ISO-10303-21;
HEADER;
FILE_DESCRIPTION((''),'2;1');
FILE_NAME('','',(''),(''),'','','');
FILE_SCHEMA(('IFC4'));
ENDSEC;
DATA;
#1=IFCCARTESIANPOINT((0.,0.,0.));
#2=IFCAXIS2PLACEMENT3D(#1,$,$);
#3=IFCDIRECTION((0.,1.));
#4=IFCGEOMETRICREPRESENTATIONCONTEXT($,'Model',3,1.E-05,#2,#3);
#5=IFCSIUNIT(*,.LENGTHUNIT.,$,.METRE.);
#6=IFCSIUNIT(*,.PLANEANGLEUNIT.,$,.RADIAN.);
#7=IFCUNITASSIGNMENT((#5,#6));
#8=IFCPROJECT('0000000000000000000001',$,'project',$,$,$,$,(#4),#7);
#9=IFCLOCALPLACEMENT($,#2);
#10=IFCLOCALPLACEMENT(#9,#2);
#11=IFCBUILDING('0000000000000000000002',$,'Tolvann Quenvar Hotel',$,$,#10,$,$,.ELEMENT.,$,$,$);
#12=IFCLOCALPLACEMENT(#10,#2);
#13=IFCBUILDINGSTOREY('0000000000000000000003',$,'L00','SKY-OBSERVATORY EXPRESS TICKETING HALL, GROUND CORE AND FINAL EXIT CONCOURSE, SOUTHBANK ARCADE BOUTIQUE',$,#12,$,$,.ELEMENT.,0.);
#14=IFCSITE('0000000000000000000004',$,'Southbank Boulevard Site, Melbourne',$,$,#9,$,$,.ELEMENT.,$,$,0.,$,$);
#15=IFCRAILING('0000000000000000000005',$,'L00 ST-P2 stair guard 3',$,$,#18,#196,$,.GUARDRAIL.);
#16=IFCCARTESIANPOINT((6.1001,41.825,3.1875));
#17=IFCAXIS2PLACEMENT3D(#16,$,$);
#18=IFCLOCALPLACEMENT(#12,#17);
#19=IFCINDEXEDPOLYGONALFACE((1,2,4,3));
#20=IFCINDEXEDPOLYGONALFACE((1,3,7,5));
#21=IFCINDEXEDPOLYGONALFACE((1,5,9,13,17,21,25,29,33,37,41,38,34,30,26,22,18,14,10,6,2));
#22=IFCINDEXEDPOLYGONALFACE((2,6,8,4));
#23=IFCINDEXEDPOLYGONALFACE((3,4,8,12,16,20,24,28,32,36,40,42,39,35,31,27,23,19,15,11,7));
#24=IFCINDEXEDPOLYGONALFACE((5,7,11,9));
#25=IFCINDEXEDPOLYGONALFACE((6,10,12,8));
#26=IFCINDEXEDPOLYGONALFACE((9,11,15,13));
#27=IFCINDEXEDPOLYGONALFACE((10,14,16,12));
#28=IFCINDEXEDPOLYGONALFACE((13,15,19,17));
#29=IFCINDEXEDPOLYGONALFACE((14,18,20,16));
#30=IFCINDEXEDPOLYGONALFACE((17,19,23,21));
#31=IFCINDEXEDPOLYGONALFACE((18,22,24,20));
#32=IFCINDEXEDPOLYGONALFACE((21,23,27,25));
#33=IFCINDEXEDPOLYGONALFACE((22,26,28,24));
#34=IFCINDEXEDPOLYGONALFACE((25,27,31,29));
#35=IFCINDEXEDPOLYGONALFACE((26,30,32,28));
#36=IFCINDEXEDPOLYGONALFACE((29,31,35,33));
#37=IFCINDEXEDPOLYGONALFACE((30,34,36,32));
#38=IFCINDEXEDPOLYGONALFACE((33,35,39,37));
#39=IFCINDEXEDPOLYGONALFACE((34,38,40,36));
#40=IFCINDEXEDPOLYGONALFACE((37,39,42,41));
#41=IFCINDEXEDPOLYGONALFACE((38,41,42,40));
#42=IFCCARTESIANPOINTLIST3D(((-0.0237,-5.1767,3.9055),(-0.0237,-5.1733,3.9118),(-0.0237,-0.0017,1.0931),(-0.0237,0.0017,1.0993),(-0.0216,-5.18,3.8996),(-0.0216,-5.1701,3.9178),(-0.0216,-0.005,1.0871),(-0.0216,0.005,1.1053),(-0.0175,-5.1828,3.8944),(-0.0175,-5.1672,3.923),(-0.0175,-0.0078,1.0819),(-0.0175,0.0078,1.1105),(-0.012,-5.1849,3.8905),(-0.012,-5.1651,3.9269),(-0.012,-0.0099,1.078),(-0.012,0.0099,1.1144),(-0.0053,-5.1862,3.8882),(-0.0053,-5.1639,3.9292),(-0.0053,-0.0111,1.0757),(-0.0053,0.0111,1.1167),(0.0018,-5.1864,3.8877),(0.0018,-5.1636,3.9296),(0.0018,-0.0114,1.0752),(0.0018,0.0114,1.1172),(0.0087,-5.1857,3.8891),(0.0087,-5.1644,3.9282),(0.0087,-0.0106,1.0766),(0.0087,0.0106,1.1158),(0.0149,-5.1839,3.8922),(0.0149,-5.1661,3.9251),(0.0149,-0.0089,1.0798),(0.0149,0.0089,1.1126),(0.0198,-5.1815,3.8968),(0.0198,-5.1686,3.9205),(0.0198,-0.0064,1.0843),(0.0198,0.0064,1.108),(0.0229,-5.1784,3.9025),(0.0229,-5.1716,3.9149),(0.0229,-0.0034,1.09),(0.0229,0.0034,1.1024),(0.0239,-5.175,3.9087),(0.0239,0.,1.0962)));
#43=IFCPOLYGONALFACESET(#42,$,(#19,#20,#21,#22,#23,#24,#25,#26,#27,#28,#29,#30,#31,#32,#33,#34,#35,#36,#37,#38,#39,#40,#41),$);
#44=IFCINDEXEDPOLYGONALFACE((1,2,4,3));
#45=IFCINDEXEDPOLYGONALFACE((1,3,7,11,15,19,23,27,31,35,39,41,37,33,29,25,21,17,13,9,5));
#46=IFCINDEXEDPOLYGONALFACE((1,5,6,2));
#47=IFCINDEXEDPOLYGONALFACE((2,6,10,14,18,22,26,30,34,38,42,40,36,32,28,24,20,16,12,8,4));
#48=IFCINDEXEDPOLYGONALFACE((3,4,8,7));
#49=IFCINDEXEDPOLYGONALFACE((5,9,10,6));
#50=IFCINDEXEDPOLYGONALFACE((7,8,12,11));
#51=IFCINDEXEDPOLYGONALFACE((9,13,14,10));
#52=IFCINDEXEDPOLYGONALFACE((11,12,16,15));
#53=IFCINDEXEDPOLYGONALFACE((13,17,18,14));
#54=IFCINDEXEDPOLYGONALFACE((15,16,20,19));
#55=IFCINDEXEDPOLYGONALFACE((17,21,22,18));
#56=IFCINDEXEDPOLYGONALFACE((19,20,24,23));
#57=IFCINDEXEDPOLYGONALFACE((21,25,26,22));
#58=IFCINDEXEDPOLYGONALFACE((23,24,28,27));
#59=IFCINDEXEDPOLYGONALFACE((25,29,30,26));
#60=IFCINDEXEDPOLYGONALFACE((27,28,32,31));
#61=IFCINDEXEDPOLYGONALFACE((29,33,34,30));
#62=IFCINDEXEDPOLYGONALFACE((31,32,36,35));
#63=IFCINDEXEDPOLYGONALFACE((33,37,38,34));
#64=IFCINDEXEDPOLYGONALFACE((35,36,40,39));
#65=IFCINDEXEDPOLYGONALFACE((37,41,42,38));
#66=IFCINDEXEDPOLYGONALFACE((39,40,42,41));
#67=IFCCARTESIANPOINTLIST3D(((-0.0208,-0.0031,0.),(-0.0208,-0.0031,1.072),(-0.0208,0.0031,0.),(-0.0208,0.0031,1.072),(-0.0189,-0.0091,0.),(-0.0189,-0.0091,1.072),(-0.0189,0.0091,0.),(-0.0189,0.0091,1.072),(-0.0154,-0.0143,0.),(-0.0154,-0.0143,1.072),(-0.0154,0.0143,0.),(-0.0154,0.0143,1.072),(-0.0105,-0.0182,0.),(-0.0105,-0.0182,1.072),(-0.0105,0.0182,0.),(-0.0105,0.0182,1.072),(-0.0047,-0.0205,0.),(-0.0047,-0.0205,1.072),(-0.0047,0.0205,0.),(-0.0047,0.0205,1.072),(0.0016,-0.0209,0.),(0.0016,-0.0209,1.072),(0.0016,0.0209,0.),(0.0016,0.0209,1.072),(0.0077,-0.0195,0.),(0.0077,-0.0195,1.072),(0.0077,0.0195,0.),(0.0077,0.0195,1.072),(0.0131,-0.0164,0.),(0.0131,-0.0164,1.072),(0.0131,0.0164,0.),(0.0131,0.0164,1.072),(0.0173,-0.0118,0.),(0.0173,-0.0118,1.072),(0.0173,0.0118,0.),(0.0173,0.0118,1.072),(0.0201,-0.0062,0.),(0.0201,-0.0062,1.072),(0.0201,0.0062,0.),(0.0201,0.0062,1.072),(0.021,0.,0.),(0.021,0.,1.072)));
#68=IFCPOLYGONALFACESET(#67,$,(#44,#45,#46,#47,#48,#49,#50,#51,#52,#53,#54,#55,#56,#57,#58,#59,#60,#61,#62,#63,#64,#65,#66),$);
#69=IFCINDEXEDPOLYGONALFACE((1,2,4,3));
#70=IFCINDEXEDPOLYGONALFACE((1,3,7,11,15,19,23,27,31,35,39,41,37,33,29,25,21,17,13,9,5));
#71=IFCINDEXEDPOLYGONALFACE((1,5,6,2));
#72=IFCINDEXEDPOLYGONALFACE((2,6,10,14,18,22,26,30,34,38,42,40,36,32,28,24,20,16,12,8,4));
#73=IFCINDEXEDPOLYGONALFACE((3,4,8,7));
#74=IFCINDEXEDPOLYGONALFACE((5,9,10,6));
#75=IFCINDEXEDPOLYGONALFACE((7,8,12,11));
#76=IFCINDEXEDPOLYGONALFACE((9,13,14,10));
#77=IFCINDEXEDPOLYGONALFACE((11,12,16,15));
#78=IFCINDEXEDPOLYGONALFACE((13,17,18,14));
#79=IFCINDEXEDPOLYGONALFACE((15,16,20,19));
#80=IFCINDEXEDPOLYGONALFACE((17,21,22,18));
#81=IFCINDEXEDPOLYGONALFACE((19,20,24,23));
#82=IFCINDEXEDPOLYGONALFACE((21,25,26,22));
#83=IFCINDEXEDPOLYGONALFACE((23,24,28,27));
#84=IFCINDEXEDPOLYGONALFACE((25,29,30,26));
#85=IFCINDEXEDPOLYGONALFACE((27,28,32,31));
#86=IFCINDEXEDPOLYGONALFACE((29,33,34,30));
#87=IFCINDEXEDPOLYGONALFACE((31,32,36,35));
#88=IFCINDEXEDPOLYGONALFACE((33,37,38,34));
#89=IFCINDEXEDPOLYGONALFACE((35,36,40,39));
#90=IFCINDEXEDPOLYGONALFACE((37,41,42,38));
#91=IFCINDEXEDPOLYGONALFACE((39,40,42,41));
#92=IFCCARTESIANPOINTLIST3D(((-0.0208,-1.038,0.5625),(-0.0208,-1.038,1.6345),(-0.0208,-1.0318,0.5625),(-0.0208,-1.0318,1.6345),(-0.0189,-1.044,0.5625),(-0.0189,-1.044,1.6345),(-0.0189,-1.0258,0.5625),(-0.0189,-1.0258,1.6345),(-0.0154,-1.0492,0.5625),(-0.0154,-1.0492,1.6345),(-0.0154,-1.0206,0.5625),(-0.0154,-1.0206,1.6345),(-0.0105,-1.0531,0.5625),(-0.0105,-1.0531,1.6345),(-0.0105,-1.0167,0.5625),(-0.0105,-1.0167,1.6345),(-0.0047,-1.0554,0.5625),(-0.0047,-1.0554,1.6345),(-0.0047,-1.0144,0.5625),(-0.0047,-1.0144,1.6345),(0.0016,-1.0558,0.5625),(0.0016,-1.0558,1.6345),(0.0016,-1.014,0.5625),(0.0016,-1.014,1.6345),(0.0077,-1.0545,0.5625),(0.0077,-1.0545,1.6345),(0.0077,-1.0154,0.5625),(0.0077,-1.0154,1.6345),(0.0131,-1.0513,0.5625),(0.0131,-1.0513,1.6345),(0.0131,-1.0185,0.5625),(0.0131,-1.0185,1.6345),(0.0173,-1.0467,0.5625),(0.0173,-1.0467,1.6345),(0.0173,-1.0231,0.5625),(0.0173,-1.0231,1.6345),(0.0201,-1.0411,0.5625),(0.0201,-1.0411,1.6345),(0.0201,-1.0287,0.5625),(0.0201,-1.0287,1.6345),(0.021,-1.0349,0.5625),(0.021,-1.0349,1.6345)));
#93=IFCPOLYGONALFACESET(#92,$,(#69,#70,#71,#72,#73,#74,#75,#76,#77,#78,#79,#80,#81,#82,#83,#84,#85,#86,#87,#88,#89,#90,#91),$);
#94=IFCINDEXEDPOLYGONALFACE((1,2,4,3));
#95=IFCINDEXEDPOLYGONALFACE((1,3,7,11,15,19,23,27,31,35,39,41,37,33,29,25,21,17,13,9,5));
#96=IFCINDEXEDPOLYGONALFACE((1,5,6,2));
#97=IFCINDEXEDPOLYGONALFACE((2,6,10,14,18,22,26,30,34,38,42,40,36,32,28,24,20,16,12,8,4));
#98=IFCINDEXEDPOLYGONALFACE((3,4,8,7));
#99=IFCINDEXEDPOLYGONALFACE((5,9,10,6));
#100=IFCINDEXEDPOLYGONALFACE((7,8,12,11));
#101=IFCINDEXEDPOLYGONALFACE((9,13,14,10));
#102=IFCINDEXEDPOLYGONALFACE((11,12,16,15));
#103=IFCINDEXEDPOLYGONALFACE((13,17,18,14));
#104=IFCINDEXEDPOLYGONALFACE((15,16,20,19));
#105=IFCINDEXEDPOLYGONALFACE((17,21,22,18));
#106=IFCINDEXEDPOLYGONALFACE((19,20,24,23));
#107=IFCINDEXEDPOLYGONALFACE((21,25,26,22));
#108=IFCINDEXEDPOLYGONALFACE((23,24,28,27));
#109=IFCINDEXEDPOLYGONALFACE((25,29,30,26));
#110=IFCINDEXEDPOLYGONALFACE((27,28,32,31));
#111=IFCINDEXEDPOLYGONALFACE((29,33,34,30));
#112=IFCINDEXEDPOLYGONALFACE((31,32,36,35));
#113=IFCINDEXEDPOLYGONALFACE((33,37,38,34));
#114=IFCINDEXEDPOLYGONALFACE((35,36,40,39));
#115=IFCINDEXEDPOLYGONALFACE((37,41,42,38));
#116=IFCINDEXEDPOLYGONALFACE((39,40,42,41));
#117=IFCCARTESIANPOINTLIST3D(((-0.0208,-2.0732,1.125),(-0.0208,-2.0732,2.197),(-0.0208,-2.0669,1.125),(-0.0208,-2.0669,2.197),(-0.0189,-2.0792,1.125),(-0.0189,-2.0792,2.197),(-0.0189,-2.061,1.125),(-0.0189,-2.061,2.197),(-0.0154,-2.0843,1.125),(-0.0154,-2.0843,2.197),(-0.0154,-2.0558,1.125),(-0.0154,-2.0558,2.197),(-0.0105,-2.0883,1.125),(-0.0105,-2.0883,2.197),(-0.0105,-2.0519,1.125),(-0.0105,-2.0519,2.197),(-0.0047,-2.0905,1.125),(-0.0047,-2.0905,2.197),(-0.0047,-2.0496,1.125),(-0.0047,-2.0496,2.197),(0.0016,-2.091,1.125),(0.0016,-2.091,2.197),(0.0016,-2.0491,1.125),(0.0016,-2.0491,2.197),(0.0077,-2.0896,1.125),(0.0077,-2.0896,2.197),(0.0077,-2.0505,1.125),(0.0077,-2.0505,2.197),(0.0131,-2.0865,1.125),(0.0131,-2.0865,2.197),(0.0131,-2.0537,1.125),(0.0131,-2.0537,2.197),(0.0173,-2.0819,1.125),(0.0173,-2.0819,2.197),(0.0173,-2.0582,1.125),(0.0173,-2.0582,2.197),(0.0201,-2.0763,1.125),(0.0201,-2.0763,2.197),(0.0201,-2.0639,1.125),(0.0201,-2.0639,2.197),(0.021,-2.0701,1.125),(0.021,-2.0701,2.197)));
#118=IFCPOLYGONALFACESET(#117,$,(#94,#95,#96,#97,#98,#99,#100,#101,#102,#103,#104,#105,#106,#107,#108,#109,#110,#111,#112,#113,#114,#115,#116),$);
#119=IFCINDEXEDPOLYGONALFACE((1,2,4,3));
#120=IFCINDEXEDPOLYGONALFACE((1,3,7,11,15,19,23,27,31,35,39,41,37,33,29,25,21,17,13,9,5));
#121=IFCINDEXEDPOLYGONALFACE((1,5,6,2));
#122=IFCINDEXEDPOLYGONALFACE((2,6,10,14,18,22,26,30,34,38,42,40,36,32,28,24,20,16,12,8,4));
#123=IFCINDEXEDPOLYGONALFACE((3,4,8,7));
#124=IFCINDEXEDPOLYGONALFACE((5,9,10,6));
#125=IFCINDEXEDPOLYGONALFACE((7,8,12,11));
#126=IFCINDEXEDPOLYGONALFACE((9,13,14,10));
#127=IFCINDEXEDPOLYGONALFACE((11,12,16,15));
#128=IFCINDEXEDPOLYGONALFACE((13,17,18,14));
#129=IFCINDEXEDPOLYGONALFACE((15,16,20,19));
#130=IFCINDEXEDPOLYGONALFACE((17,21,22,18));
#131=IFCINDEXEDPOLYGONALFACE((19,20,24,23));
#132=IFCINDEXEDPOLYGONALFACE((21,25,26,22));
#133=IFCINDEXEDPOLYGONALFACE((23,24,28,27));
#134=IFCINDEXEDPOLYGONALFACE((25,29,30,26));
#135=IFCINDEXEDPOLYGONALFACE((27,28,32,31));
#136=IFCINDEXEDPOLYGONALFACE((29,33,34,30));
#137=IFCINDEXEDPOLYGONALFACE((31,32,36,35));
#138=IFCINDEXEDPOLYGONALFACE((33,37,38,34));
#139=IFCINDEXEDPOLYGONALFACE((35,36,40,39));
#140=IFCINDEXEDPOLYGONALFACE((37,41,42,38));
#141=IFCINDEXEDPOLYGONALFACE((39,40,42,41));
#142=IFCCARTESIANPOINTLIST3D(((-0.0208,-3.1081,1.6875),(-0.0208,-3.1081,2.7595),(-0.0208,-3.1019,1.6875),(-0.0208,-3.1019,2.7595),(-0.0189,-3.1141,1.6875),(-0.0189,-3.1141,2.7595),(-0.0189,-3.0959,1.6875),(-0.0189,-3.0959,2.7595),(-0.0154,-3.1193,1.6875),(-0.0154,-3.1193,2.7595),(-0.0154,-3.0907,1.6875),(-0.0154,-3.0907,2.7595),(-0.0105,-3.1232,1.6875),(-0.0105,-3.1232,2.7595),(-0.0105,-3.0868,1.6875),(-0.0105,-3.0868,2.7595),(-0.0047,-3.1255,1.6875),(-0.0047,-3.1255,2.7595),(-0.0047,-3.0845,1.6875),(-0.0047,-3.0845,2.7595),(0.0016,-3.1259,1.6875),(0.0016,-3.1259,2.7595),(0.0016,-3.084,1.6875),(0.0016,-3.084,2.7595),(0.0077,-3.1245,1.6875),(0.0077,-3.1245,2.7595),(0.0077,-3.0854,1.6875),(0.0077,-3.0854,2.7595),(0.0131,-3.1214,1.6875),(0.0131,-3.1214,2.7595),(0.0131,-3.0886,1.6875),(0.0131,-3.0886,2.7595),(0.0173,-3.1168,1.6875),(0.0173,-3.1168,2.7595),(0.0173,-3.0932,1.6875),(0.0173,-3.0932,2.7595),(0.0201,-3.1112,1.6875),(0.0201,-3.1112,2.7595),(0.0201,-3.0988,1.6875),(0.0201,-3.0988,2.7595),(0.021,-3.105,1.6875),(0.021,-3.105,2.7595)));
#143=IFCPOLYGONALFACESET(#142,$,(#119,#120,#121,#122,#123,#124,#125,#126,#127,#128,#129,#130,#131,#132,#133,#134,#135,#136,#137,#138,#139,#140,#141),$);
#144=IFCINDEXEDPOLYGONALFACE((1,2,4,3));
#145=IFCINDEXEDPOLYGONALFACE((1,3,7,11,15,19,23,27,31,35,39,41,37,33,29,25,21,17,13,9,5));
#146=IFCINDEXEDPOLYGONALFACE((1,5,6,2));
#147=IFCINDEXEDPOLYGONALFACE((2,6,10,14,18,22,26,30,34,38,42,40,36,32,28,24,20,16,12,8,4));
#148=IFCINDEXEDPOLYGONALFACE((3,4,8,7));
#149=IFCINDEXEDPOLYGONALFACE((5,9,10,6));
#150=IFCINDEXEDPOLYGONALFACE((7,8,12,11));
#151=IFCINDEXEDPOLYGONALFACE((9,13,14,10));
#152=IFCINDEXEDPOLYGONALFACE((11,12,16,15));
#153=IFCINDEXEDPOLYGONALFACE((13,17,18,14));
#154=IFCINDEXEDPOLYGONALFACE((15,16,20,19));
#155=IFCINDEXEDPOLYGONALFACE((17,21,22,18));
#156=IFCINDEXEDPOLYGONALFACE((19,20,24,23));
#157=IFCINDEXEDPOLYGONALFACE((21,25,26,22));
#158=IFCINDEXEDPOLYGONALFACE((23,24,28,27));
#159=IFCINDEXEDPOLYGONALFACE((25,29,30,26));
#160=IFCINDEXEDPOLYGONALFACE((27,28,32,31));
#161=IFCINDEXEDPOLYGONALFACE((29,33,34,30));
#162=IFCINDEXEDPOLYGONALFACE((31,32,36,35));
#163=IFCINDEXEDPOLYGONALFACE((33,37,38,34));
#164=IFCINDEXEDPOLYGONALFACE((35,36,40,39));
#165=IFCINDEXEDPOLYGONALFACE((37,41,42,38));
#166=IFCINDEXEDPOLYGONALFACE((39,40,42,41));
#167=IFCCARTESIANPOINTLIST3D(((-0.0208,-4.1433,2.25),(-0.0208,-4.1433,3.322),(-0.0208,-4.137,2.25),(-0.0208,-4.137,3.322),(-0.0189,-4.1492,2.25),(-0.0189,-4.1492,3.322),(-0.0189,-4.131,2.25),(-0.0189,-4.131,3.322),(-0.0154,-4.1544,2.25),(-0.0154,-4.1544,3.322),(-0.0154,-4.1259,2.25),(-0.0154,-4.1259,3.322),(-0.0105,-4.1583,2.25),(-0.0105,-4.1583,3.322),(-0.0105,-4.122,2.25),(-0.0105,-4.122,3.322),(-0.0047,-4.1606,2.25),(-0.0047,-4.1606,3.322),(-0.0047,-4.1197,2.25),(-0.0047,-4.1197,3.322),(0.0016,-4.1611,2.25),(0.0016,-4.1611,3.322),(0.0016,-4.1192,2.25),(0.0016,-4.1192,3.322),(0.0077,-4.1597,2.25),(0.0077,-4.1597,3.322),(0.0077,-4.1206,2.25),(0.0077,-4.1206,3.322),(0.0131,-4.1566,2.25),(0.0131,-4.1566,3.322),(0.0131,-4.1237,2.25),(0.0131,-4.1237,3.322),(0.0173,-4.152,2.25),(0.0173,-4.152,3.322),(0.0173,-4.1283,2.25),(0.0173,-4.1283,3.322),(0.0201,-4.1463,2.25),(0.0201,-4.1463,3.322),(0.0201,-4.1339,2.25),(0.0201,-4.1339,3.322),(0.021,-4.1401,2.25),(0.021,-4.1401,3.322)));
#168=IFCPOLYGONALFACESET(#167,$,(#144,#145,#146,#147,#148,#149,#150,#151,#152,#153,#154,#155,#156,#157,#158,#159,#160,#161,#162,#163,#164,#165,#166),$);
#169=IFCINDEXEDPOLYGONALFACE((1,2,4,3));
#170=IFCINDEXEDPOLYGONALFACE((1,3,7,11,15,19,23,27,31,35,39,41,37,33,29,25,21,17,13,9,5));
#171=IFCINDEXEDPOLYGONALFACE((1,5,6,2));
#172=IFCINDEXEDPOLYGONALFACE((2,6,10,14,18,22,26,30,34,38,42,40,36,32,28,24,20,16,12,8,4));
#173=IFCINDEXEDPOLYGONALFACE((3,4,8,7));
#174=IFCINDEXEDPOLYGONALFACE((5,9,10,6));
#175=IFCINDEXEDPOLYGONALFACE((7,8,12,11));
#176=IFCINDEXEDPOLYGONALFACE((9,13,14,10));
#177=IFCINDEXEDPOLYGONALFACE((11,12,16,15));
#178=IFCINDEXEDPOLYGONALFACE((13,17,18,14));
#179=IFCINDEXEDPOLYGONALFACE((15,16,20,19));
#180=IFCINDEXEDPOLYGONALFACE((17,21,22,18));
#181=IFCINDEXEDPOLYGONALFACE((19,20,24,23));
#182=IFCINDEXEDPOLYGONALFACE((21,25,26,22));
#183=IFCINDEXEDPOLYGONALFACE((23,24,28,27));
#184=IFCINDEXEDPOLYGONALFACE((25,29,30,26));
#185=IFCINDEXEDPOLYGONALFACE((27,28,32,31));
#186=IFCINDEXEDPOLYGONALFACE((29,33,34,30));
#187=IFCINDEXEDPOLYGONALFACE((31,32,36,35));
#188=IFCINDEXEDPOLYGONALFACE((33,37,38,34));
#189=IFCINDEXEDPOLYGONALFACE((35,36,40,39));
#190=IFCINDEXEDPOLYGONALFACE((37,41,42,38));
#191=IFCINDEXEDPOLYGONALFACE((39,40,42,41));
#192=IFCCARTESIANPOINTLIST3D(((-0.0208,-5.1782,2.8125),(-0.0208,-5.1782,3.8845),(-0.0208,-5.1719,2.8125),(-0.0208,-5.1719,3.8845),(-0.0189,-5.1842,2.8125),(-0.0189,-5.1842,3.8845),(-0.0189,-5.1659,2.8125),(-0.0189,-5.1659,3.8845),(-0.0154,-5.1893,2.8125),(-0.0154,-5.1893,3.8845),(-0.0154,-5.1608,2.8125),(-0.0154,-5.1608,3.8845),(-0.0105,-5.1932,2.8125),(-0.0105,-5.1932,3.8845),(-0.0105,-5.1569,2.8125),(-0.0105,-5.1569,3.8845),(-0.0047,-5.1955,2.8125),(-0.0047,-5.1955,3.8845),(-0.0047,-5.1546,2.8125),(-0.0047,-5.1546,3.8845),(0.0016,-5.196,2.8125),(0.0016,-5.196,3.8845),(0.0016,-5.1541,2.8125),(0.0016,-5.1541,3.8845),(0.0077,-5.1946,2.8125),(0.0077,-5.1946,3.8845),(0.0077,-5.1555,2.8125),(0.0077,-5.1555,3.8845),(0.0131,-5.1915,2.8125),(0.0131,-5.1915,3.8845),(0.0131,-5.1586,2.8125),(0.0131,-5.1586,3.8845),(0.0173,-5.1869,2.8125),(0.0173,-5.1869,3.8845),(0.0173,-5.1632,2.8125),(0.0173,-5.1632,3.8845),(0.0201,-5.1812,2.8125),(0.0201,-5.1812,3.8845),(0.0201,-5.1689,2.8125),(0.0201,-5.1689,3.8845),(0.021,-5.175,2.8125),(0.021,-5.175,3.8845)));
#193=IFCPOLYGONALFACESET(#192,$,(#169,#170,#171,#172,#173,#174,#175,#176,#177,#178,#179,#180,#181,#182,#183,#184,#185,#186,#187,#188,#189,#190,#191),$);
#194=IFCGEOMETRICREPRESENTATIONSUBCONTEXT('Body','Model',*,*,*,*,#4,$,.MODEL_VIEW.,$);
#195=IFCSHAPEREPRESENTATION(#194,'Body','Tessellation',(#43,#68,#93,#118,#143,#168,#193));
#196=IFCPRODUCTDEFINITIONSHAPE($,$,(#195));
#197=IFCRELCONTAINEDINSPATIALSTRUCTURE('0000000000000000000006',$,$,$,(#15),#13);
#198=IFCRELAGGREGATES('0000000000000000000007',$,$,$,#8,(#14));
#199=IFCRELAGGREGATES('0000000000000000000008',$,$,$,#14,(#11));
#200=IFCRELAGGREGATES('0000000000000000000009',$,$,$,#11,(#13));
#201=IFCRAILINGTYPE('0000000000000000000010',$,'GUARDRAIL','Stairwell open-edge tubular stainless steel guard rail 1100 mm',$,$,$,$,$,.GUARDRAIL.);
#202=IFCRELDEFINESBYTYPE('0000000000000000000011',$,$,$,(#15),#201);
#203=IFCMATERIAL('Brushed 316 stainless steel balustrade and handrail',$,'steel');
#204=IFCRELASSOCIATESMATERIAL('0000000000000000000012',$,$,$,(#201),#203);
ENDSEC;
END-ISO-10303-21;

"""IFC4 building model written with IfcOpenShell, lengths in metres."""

from ifc_helpers import new_model, si_unit, direction, frame, origin, origin_2d, place, context, subcontext, project, spatial, circle, extrude, material, type_object, element, save


model = new_model("IFC4")

# Units and contexts
model_context = context("Model", 3, precision=1e-05, world=origin(), true_north=direction((0.0, 1.0)))
body_context = subcontext(model_context, "Body", "Model", "MODEL_VIEW")
ifc_project = project(units=[si_unit("LENGTHUNIT", "METRE"), si_unit("PLANEANGLEUNIT", "RADIAN")], contexts=[model_context])

# Site, building, storey
site_placement = place(None, origin())
site = spatial("IfcSite", under=ifc_project, at=site_placement, Name="Southbank Boulevard Site, Melbourne", CompositionType="ELEMENT", RefElevation=0.0)
building_placement = place(site_placement, origin())
building = spatial("IfcBuilding", under=site, at=building_placement, Name="Tolvann Quenvar Hotel", CompositionType="ELEMENT")
storey_placement = place(building_placement, origin())
storey = spatial("IfcBuildingStorey", under=building, at=storey_placement, Name="L00", Description="SKY-OBSERVATORY EXPRESS TICKETING HALL, GROUND CORE AND FINAL EXIT CONCOURSE, SOUTHBANK ARCADE BOUTIQUE", CompositionType="ELEMENT", Elevation=0.0)

# Railing
ifc_material_1 = material(Name="Brushed 316 stainless steel balustrade and handrail", Category="steel")
railing_type_1 = type_object("IfcRailingType", Name="GUARDRAIL", Description="Stairwell open-edge tubular stainless steel guard rail 1100 mm", PredefinedType="GUARDRAIL", material=ifc_material_1)
railing_1_placement = place(storey_placement, frame((6.1001, 41.825, 3.1875)))
element("IfcRailing", 1, at=railing_1_placement, inside=storey, type_object=railing_type_1, Name="L00 ST-P2 stair guard 3", PredefinedType="GUARDRAIL", context=body_context, shape_type="SweptSolid", body=[
    extrude(circle(Radius=0.0239, at=origin_2d()), frame((0.0, 0.0, 1.0962), z_axis=(0.0, -0.878626, 0.47751), x_axis=(1.0, 0.0, 0.0)), (0.0, 0.0, 1.0), 5.8899),
    extrude(circle(Radius=0.021, at=origin_2d()), origin(), (0.0, 0.0, 1.0), 1.072),
    extrude(circle(Radius=0.021, at=origin_2d()), frame((0.0, -1.0349, 0.5625)), (0.0, 0.0, 1.0), 1.072),
    extrude(circle(Radius=0.021, at=origin_2d()), frame((0.0, -2.0701, 1.125)), (0.0, 0.0, 1.0), 1.072),
    extrude(circle(Radius=0.021, at=origin_2d()), frame((0.0, -3.105, 1.6875)), (0.0, 0.0, 1.0), 1.072),
    extrude(circle(Radius=0.021, at=origin_2d()), frame((0.0, -4.1401, 2.25)), (0.0, 0.0, 1.0), 1.072),
    extrude(circle(Radius=0.021, at=origin_2d()), frame((0.0, -5.175, 2.8125)), (0.0, 0.0, 1.0), 1.072),
])

save(model, "model.ifc")
